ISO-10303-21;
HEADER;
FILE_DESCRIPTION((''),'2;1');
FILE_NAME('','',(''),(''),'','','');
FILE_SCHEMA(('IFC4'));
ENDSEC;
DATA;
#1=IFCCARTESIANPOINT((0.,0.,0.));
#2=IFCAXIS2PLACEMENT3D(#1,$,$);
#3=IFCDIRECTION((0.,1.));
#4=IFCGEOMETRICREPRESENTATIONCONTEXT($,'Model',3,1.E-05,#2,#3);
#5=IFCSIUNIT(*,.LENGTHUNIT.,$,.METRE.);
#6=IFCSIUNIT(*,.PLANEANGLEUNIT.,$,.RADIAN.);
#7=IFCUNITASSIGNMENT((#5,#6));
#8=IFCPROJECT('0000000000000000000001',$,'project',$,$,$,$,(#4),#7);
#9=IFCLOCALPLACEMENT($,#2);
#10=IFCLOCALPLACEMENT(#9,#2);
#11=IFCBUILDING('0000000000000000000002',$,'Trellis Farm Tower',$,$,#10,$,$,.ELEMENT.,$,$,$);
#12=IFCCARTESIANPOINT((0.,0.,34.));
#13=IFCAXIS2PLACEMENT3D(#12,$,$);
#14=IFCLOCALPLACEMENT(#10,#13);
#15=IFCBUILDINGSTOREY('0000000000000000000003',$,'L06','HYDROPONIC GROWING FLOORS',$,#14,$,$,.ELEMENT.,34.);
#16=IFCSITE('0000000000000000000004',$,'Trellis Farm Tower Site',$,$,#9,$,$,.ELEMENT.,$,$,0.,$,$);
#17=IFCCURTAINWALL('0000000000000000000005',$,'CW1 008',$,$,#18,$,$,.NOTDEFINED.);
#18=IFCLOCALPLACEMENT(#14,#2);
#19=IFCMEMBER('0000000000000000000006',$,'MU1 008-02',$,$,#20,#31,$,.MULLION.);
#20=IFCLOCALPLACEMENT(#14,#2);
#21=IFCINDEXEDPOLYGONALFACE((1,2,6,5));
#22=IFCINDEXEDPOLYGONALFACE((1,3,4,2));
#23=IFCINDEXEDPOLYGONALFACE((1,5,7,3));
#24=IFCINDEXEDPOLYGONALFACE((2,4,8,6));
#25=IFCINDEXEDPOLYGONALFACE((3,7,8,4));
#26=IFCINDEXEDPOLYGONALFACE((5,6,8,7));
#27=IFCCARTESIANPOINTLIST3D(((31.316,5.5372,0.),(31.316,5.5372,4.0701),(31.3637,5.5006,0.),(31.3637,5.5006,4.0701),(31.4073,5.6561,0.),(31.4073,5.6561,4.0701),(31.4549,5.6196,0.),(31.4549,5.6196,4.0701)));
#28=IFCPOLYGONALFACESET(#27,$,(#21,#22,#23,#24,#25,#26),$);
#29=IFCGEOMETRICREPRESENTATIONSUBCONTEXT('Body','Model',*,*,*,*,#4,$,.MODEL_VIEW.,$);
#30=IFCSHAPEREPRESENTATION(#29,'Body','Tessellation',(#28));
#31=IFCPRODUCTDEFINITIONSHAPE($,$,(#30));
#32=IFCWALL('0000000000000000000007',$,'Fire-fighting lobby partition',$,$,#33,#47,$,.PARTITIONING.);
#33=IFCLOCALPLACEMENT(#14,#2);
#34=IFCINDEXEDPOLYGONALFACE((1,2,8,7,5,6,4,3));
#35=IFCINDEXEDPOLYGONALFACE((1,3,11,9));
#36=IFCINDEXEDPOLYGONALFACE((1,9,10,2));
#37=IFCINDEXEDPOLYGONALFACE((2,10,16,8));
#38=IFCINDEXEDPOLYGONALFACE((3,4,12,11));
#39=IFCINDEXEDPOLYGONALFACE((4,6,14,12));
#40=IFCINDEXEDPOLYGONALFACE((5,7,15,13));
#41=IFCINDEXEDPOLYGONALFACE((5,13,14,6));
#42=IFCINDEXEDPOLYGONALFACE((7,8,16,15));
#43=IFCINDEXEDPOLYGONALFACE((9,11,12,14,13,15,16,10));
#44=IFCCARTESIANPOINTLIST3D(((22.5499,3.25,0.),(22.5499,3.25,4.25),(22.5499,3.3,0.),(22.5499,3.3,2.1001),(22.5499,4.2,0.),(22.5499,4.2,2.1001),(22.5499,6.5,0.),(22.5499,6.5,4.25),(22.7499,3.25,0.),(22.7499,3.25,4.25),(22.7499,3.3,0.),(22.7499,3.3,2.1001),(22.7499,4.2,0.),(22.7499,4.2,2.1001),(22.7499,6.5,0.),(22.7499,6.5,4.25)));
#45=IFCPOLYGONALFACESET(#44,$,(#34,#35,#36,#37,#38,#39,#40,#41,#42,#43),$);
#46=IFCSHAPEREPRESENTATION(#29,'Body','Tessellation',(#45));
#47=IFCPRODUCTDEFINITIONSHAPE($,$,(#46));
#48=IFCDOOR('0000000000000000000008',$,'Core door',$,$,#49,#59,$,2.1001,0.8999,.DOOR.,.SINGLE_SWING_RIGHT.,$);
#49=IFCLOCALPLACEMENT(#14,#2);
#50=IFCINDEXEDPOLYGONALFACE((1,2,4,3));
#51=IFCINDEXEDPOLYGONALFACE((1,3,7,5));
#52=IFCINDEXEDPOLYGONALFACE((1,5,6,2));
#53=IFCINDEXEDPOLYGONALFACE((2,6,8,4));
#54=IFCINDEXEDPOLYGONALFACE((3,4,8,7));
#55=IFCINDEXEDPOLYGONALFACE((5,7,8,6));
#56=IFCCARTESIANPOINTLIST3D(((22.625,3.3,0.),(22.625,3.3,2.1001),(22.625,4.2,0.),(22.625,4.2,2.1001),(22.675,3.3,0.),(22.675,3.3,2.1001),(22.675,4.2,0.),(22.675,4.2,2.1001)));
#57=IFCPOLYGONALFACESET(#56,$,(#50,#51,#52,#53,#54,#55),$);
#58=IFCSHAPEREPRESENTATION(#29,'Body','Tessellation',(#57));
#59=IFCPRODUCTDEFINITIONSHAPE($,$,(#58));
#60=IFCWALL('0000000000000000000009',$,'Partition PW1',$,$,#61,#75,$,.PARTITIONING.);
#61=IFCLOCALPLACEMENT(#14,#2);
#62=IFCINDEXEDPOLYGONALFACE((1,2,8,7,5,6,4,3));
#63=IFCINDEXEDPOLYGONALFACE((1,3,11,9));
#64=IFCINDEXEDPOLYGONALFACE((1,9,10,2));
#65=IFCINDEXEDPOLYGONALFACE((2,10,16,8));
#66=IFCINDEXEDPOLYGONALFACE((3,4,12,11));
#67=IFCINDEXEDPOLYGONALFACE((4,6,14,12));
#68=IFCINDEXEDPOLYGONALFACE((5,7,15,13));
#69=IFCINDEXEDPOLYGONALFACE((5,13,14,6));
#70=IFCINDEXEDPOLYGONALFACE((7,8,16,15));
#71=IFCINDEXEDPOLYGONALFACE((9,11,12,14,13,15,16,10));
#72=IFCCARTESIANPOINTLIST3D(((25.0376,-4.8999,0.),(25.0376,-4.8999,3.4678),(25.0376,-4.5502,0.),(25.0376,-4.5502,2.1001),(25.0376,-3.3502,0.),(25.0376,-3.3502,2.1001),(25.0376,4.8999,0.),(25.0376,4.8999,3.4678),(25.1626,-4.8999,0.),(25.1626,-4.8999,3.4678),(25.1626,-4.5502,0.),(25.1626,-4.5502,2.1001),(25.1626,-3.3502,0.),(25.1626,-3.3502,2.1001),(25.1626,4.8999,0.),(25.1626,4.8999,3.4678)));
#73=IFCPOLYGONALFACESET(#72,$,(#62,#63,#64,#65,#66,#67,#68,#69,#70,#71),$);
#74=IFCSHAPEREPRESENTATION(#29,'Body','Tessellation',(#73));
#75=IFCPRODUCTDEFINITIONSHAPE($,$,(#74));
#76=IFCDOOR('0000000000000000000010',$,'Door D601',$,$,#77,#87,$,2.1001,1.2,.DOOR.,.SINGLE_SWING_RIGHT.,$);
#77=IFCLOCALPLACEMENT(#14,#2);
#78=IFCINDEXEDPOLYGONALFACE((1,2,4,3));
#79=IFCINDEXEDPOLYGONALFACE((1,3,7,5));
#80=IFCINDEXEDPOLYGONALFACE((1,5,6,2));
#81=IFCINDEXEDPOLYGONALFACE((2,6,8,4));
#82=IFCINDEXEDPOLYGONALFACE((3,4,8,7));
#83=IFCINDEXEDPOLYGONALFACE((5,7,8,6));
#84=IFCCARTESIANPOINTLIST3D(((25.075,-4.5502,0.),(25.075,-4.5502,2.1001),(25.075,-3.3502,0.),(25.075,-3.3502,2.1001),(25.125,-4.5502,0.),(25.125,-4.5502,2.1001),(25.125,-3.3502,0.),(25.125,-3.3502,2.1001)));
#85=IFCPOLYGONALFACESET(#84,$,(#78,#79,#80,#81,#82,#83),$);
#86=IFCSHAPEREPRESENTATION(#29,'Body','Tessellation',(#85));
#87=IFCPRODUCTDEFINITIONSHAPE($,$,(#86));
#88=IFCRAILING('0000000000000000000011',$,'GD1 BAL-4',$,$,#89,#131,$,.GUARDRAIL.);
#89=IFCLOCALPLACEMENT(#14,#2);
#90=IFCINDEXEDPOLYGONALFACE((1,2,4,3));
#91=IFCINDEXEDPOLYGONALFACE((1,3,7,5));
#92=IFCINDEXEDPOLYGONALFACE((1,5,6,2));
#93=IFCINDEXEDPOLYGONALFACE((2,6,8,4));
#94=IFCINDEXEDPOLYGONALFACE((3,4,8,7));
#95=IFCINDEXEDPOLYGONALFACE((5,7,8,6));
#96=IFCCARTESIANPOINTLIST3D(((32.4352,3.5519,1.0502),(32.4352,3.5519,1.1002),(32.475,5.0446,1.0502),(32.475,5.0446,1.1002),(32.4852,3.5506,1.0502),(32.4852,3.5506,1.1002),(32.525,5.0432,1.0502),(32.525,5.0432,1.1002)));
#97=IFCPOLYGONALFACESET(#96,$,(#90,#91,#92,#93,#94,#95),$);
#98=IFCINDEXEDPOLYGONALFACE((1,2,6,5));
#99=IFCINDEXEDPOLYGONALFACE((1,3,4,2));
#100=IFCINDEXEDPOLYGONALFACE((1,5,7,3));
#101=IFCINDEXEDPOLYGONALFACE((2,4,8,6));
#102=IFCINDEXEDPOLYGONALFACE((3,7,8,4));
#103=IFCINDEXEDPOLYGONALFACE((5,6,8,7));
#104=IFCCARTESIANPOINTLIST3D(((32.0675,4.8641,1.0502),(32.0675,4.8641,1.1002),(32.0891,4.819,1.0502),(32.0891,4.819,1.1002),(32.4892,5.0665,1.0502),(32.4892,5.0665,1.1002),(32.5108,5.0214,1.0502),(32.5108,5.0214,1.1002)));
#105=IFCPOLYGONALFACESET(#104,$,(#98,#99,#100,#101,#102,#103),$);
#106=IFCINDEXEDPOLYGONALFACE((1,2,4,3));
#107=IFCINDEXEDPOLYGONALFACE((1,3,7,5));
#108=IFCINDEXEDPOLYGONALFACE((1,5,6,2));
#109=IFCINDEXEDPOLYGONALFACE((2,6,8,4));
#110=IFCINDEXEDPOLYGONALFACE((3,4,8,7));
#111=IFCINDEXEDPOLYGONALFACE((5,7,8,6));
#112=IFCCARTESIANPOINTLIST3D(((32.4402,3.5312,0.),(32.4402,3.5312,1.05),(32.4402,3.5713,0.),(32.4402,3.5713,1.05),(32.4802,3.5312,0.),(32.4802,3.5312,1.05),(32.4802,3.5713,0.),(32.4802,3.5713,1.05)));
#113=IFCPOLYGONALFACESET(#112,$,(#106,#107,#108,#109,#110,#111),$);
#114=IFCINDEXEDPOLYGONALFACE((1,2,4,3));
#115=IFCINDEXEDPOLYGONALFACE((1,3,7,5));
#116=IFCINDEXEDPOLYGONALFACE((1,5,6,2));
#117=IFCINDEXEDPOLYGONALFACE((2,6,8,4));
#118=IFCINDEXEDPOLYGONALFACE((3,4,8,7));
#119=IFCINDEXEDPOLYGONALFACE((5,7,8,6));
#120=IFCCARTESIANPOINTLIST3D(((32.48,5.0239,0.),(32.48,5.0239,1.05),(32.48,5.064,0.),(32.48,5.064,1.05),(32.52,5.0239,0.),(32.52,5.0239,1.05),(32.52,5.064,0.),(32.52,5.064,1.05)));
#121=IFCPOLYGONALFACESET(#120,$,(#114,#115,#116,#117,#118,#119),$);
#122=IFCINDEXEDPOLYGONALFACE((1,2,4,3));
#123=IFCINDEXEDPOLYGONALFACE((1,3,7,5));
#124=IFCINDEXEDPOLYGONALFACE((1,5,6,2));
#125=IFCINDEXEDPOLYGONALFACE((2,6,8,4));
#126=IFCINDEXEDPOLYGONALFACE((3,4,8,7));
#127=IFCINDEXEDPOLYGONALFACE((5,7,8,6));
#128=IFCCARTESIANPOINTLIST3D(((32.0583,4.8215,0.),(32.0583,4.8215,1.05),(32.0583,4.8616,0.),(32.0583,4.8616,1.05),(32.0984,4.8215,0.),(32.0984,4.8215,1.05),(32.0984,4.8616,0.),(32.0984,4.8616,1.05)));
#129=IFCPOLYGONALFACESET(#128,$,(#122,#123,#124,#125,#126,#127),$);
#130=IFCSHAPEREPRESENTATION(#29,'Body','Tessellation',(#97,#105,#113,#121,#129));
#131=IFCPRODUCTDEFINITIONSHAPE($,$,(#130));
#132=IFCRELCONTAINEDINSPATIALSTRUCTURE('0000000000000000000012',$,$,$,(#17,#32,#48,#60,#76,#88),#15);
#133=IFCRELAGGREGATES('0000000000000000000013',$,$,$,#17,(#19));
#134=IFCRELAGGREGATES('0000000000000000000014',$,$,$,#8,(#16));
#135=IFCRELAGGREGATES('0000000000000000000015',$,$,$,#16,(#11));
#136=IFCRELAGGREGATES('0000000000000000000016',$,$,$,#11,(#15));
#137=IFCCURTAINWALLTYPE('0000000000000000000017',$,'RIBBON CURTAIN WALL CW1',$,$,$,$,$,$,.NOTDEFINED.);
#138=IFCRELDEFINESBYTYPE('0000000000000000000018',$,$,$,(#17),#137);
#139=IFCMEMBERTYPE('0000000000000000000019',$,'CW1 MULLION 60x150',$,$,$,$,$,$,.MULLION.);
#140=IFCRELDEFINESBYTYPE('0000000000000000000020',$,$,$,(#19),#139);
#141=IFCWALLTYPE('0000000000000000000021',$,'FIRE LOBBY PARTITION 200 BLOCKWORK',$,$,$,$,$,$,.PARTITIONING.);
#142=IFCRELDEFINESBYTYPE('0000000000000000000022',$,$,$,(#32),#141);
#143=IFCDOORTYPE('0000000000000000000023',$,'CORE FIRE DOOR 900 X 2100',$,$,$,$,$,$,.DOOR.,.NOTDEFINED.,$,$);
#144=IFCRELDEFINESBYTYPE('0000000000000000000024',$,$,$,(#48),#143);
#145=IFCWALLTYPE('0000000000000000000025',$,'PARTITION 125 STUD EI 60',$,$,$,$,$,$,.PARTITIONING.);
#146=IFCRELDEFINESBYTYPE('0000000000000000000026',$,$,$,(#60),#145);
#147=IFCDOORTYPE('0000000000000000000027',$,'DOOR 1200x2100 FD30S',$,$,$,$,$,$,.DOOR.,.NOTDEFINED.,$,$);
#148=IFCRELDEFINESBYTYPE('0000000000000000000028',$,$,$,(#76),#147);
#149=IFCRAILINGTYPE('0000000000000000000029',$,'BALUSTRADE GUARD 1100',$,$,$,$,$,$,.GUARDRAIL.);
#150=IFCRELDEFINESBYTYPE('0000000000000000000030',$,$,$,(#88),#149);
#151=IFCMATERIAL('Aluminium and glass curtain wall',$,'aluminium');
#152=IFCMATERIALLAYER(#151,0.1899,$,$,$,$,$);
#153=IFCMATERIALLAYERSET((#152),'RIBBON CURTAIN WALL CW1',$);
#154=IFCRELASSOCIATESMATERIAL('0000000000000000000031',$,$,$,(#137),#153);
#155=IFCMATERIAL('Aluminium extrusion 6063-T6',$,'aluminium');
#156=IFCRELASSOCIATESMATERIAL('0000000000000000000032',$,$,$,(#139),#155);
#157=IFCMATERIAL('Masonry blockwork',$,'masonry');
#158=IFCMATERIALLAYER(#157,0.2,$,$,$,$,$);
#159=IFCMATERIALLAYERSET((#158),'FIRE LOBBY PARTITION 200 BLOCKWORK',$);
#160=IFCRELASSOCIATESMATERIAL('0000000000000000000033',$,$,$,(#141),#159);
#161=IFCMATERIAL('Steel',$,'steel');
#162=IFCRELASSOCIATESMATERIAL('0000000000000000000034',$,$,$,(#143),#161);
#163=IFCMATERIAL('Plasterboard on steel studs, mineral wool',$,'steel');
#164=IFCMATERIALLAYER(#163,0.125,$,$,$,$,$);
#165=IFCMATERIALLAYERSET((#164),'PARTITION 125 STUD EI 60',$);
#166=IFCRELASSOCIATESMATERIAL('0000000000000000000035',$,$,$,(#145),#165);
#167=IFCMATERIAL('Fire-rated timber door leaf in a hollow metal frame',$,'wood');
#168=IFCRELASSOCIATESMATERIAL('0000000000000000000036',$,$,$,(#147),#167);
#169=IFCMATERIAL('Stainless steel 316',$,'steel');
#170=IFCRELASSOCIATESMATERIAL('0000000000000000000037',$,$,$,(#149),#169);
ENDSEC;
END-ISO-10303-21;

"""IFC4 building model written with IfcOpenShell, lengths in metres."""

from ifc_helpers import new_model, si_unit, direction, frame, frame_2d, origin, origin_2d, place, context, subcontext, project, spatial, rectangle, extrude, source, transform, mapped, material, layer, layer_set, material_profile, profile_set, type_object, element, fill, aggregate, save


model = new_model("IFC4")

# Units and contexts
model_context = context("Model", 3, precision=1e-05, world=origin(), true_north=direction((0.0, 1.0)))
body_context = subcontext(model_context, "Body", "Model", "MODEL_VIEW")
ifc_project = project(units=[si_unit("LENGTHUNIT", "METRE"), si_unit("PLANEANGLEUNIT", "RADIAN")], contexts=[model_context])

# Site, building, storey
site_placement = place(None, origin())
site = spatial("IfcSite", under=ifc_project, at=site_placement, Name="Trellis Farm Tower Site", CompositionType="ELEMENT", RefElevation=0.0)
building_placement = place(site_placement, origin())
building = spatial("IfcBuilding", under=site, at=building_placement, Name="Trellis Farm Tower", CompositionType="ELEMENT")
storey_placement = place(building_placement, frame((0.0, 0.0, 34.0)))
storey = spatial("IfcBuildingStorey", under=building, at=storey_placement, Name="L06", Description="HYDROPONIC GROWING FLOORS", CompositionType="ELEMENT", Elevation=34.0)

# Curtain wall, member
ifc_material_1 = material(Name="Aluminium and glass curtain wall", Category="aluminium")
ifc_layer_1 = layer(ifc_material_1, 0.1899)
ifc_layer_set_1 = layer_set([ifc_layer_1], Name="RIBBON CURTAIN WALL CW1")
curtain_wall_type = type_object("IfcCurtainWallType", Name="RIBBON CURTAIN WALL CW1", PredefinedType="NOTDEFINED", material=ifc_layer_set_1)
placement = place(storey_placement, origin())
ifc_material_2 = material(Name="Aluminium extrusion 6063-T6", Category="aluminium")
ifc_material_profile_1 = material_profile(ifc_material_2, rectangle(XDim=0.0601, YDim=0.1499, at=origin_2d()), Name="MULLION 60x150")
ifc_profile_set_1 = profile_set([ifc_material_profile_1], Name="Aluminium extrusion 6063-T6")
member_type = type_object("IfcMemberType", Name="CW1 MULLION 60x150", PredefinedType="MULLION", material=ifc_profile_set_1)
shared_shape_1 = source(origin(), body_context, "Body", "SweptSolid", [
    extrude(rectangle(XDim=0.0601, YDim=0.1499, at=origin_2d()), origin(), (0.0, 0.0, 1.0), 4.0701),
])
curtain_wall_1 = element("IfcCurtainWall", 1, at=placement, inside=storey, type_object=curtain_wall_type, Name="CW1 008", PredefinedType="NOTDEFINED")
member_1_placement = place(storey_placement, frame((31.3855, 5.5784, 0.0), z_axis=(0.0, 0.0, 1.0), x_axis=(-0.793353, 0.608761, 0.0)))
member_1 = element("IfcMember", 2, at=member_1_placement, type_object=member_type, Name="MU1 008-02", PredefinedType="MULLION", context=body_context, shape_type="MappedRepresentation", body=[
    mapped(shared_shape_1, transform((0.0, 0.0, 0.0))),
])
aggregate(curtain_wall_1, [member_1])

# Walls, openings, doors
ifc_material_3 = material(Name="Masonry blockwork", Category="masonry")
ifc_layer_2 = layer(ifc_material_3, 0.2)
ifc_layer_set_2 = layer_set([ifc_layer_2], Name="FIRE LOBBY PARTITION 200 BLOCKWORK")
wall_type_1 = type_object("IfcWallType", Name="FIRE LOBBY PARTITION 200 BLOCKWORK", PredefinedType="PARTITIONING", material=ifc_layer_set_2)
shared_shape_2 = source(origin(), body_context, "Body", "SweptSolid", [
    extrude(rectangle(XDim=3.25, YDim=0.2, at=frame_2d((1.625, 0.0))), origin(), (0.0, 0.0, 1.0), 4.25),
])
wall_1_placement = place(storey_placement, frame((22.6499, 3.25, 0.0), z_axis=(0.0, 0.0, 1.0), x_axis=(0.0, 1.0, 0.0)))
wall_1 = element("IfcWall", 3, at=wall_1_placement, inside=storey, type_object=wall_type_1, Name="Fire-fighting lobby partition", PredefinedType="PARTITIONING", context=body_context, shape_type="MappedRepresentation", body=[
    mapped(shared_shape_2, transform((0.0, 0.0, 0.0))),
])
shared_shape_3 = source(origin(), body_context, "Body", "SweptSolid", [
    extrude(rectangle(XDim=0.8999, YDim=2.1001, at=frame_2d((0.45, 1.05))), frame((0.0, 0.1101, 0.0), z_axis=(0.0, -1.0, 0.0), x_axis=(1.0, 0.0, 0.0)), (0.0, 0.0, 1.0), 0.2202),
])
opening_1_placement = place(wall_1_placement, frame((0.05, 0.0, 0.0)))
opening_1 = element("IfcOpeningElement", 4, at=opening_1_placement, cuts=wall_1, PredefinedType="OPENING", context=body_context, shape_type="MappedRepresentation", body=[
    mapped(shared_shape_3, transform((0.0, 0.0, 0.0))),
])
ifc_material_4 = material(Name="Steel", Category="steel")
door_type_1 = type_object("IfcDoorType", Name="CORE FIRE DOOR 900 X 2100", OperationType="NOTDEFINED", PredefinedType="DOOR", material=ifc_material_4)
shared_shape_4 = source(origin(), body_context, "Body", "SweptSolid", [
    extrude(rectangle(XDim=0.8999, YDim=2.1001, at=frame_2d((0.45, 1.05))), frame((0.0, 0.0249, 0.0), z_axis=(0.0, -1.0, 0.0), x_axis=(1.0, 0.0, 0.0)), (0.0, 0.0, 1.0), 0.05),
])
door_1_placement = place(opening_1_placement, origin())
door_1 = element("IfcDoor", 5, at=door_1_placement, inside=storey, type_object=door_type_1, Name="Core door", OperationType="SINGLE_SWING_RIGHT", OverallHeight=2.1001, OverallWidth=0.8999, PredefinedType="DOOR", context=body_context, shape_type="MappedRepresentation", body=[
    mapped(shared_shape_4, transform((0.0, 0.0, 0.0))),
])
fill(opening_1, door_1)
ifc_material_5 = material(Name="Plasterboard on steel studs, mineral wool", Category="steel")
ifc_layer_3 = layer(ifc_material_5, 0.125)
ifc_layer_set_3 = layer_set([ifc_layer_3], Name="PARTITION 125 STUD EI 60")
wall_type_2 = type_object("IfcWallType", Name="PARTITION 125 STUD EI 60", PredefinedType="PARTITIONING", material=ifc_layer_set_3)
shared_shape_5 = source(origin(), body_context, "Body", "SweptSolid", [
    extrude(rectangle(XDim=9.7998, YDim=0.125, at=frame_2d((4.8999, 0.0))), origin(), (0.0, 0.0, 1.0), 3.4678),
])
wall_2_placement = place(storey_placement, frame((25.1001, 4.8999, 0.0), z_axis=(0.0, 0.0, 1.0), x_axis=(0.0, -1.0, 0.0)))
wall_2 = element("IfcWall", 6, at=wall_2_placement, inside=storey, type_object=wall_type_2, Name="Partition PW1", PredefinedType="PARTITIONING", context=body_context, shape_type="MappedRepresentation", body=[
    mapped(shared_shape_5, transform((0.0, 0.0, 0.0))),
])
shared_shape_6 = source(origin(), body_context, "Body", "SweptSolid", [
    extrude(rectangle(XDim=1.2, YDim=2.1001, at=frame_2d((0.6001, 1.05))), frame((0.0, 0.0725, 0.0), z_axis=(0.0, -1.0, 0.0), x_axis=(1.0, 0.0, 0.0)), (0.0, 0.0, 1.0), 0.145),
])
opening_2_placement = place(wall_2_placement, frame((8.25, 0.0, 0.0)))
opening_2 = element("IfcOpeningElement", 7, at=opening_2_placement, cuts=wall_2, PredefinedType="OPENING", context=body_context, shape_type="MappedRepresentation", body=[
    mapped(shared_shape_6, transform((0.0, 0.0, 0.0))),
])
ifc_material_6 = material(Name="Fire-rated timber door leaf in a hollow metal frame", Category="wood")
door_type_2 = type_object("IfcDoorType", Name="DOOR 1200x2100 FD30S", OperationType="NOTDEFINED", PredefinedType="DOOR", material=ifc_material_6)
shared_shape_7 = source(origin(), body_context, "Body", "SweptSolid", [
    extrude(rectangle(XDim=1.2, YDim=2.1001, at=frame_2d((0.6001, 1.05))), frame((0.0, 0.0249, 0.0), z_axis=(0.0, -1.0, 0.0), x_axis=(1.0, 0.0, 0.0)), (0.0, 0.0, 1.0), 0.05),
])
door_2_placement = place(opening_2_placement, origin())
door_2 = element("IfcDoor", 8, at=door_2_placement, inside=storey, type_object=door_type_2, Name="Door D601", OperationType="SINGLE_SWING_RIGHT", OverallHeight=2.1001, OverallWidth=1.2, PredefinedType="DOOR", context=body_context, shape_type="MappedRepresentation", body=[
    mapped(shared_shape_7, transform((0.0, 0.0, 0.0))),
])
fill(opening_2, door_2)

# Railing
ifc_material_7 = material(Name="Stainless steel 316", Category="steel")
railing_type = type_object("IfcRailingType", Name="BALUSTRADE GUARD 1100", PredefinedType="GUARDRAIL", material=ifc_material_7)
shared_shape_8 = source(origin(), body_context, "Body", "SweptSolid", [
    extrude(rectangle(XDim=0.05, YDim=0.05, at=origin_2d()), frame((0.0, 0.0, 1.0752), z_axis=(0.026651, 0.999645, 0.0), x_axis=(-0.999645, 0.026651, 0.0)), (0.0, 0.0, 1.0), 1.4932),
    extrude(rectangle(XDim=0.05, YDim=0.05, at=origin_2d()), frame((0.0398, 1.4927, 1.0752), z_axis=(-0.901515, -0.432748, 0.0), x_axis=(0.432748, -0.901515, 0.0)), (0.0, 0.0, 1.0), 0.4678),
    extrude(rectangle(XDim=0.04, YDim=0.04, at=origin_2d()), origin(), (0.0, 0.0, 1.0), 1.05),
    extrude(rectangle(XDim=0.04, YDim=0.04, at=origin_2d()), frame((0.0398, 1.4927, 0.0)), (0.0, 0.0, 1.0), 1.05),
    extrude(rectangle(XDim=0.04, YDim=0.04, at=origin_2d()), frame((-0.3818, 1.2903, 0.0)), (0.0, 0.0, 1.0), 1.05),
])
railing_placement = place(storey_placement, frame((32.4602, 3.5513, 0.0)))
element("IfcRailing", 9, at=railing_placement, inside=storey, type_object=railing_type, Name="GD1 BAL-4", PredefinedType="GUARDRAIL", context=body_context, shape_type="MappedRepresentation", body=[
    mapped(shared_shape_8, transform((0.0, 0.0, 0.0))),
])

save(model, "model.ifc")
